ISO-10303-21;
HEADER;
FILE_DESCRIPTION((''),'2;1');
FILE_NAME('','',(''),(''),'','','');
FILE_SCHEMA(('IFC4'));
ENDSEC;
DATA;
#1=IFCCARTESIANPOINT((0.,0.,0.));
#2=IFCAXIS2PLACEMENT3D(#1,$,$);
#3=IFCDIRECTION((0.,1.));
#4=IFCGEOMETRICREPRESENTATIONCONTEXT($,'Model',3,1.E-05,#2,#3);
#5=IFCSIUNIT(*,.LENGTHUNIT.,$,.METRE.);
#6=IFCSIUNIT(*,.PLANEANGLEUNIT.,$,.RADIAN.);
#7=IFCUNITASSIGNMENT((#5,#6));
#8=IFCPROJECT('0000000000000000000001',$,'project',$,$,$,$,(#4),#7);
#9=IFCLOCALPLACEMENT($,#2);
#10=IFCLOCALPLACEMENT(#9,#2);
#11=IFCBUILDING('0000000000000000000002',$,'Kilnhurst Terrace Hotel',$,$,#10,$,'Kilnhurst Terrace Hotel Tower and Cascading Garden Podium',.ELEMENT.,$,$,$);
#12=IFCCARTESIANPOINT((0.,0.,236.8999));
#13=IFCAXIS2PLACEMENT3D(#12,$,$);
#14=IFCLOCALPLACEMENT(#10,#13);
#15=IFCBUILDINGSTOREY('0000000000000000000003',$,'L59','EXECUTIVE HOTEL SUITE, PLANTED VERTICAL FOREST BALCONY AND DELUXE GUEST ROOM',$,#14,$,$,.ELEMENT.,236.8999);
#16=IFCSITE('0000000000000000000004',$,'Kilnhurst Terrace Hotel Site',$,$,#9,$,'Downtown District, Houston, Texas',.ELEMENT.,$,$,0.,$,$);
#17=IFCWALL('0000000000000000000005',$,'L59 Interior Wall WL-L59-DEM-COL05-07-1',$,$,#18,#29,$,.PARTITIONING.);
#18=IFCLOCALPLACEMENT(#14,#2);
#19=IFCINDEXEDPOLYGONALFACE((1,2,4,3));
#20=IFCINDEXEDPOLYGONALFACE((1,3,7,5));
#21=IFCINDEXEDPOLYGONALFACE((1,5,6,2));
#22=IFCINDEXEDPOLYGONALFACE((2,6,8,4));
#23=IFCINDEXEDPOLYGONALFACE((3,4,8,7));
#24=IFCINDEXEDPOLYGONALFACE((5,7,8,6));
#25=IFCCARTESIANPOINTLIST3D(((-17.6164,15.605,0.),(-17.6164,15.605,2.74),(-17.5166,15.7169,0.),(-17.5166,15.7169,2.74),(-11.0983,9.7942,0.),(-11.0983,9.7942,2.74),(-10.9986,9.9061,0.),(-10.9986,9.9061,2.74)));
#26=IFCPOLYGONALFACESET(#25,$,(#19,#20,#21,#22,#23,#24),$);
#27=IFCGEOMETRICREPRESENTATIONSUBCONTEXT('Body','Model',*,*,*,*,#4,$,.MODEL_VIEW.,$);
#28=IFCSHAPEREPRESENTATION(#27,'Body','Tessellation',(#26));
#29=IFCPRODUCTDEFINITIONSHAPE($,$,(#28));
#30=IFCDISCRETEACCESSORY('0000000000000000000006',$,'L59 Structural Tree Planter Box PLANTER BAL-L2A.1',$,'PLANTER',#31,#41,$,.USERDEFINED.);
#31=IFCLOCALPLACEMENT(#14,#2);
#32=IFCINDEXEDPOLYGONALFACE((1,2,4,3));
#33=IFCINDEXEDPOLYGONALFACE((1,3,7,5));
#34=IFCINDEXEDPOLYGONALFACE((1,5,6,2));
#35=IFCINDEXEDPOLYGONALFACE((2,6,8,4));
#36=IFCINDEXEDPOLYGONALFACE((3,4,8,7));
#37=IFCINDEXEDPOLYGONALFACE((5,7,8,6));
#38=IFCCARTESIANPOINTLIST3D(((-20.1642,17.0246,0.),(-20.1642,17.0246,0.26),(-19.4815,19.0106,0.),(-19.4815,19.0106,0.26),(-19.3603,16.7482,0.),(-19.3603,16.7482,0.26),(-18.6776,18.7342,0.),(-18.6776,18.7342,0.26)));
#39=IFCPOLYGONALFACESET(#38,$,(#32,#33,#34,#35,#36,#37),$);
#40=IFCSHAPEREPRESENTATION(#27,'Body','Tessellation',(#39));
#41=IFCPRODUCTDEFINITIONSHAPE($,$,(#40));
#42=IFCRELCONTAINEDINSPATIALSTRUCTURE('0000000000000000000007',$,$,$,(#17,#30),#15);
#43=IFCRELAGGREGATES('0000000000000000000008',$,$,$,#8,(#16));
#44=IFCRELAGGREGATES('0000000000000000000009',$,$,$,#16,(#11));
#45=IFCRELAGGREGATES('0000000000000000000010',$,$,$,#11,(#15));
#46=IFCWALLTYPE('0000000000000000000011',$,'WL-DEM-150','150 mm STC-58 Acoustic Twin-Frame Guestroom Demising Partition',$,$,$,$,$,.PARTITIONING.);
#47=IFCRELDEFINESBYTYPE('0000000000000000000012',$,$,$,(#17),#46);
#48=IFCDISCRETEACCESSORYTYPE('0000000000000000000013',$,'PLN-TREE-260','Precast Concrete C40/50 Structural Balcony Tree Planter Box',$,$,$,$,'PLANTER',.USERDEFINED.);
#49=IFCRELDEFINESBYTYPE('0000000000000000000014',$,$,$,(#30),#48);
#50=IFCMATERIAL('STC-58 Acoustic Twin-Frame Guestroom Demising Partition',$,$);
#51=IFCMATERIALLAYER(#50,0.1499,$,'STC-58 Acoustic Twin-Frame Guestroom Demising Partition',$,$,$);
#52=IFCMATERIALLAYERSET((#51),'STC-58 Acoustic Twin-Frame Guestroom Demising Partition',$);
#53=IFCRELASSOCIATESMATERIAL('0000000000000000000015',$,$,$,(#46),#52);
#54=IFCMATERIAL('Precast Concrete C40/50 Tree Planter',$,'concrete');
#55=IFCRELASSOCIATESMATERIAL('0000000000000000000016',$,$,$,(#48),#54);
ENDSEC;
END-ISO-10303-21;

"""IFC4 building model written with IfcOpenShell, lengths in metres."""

from ifc_helpers import new_model, si_unit, direction, frame, frame_2d, origin, origin_2d, place, context, subcontext, project, spatial, rectangle, extrude, material, layer, layer_set, type_object, element, save


model = new_model("IFC4")

# Units and contexts
model_context = context("Model", 3, precision=1e-05, world=origin(), true_north=direction((0.0, 1.0)))
body_context = subcontext(model_context, "Body", "Model", "MODEL_VIEW")
ifc_project = project(units=[si_unit("LENGTHUNIT", "METRE"), si_unit("PLANEANGLEUNIT", "RADIAN")], contexts=[model_context])

# Site, building, storey
site_placement = place(None, origin())
site = spatial("IfcSite", under=ifc_project, at=site_placement, Name="Kilnhurst Terrace Hotel Site", LongName="Downtown District, Houston, Texas", CompositionType="ELEMENT", RefElevation=0.0)
building_placement = place(site_placement, origin())
building = spatial("IfcBuilding", under=site, at=building_placement, Name="Kilnhurst Terrace Hotel", LongName="Kilnhurst Terrace Hotel Tower and Cascading Garden Podium", CompositionType="ELEMENT")
storey_placement = place(building_placement, frame((0.0, 0.0, 236.8999)))
storey = spatial("IfcBuildingStorey", under=building, at=storey_placement, Name="L59", Description="EXECUTIVE HOTEL SUITE, PLANTED VERTICAL FOREST BALCONY AND DELUXE GUEST ROOM", CompositionType="ELEMENT", Elevation=236.8999)

# Wall
ifc_material_1 = material(Name="STC-58 Acoustic Twin-Frame Guestroom Demising Partition")
ifc_layer_1 = layer(ifc_material_1, 0.1499, Name="STC-58 Acoustic Twin-Frame Guestroom Demising Partition")
ifc_layer_set_1 = layer_set([ifc_layer_1], Name="STC-58 Acoustic Twin-Frame Guestroom Demising Partition")
wall_type_1 = type_object("IfcWallType", Name="WL-DEM-150", Description="150 mm STC-58 Acoustic Twin-Frame Guestroom Demising Partition", PredefinedType="PARTITIONING", material=ifc_layer_set_1)
wall_1_placement = place(storey_placement, frame((-11.0483, 9.8501, 0.0), z_axis=(0.0, 0.0, 1.0), x_axis=(-0.746444, 0.665448, 0.0)))
element("IfcWall", 1, at=wall_1_placement, inside=storey, type_object=wall_type_1, Name="L59 Interior Wall WL-L59-DEM-COL05-07-1", PredefinedType="PARTITIONING", context=body_context, shape_type="SweptSolid", body=[
    extrude(rectangle(XDim=8.7322, YDim=0.1499, at=frame_2d((4.3662, 0.0))), origin(), (0.0, 0.0, 1.0), 2.74),
])

# Discrete accessory
ifc_material_2 = material(Name="Precast Concrete C40/50 Tree Planter", Category="concrete")
discrete_accessory_type = type_object("IfcDiscreteAccessoryType", Name="PLN-TREE-260", Description="Precast Concrete C40/50 Structural Balcony Tree Planter Box", ElementType="PLANTER", PredefinedType="USERDEFINED", material=ifc_material_2)
discrete_accessory_placement = place(storey_placement, frame((-19.4209, 17.8794, 0.0), z_axis=(0.0, 0.0, 1.0), x_axis=(-0.32509, -0.945683, 0.0)))
element("IfcDiscreteAccessory", 2, at=discrete_accessory_placement, inside=storey, type_object=discrete_accessory_type, Name="L59 Structural Tree Planter Box PLANTER BAL-L2A.1", ObjectType="PLANTER", PredefinedType="USERDEFINED", context=body_context, shape_type="SweptSolid", body=[
    extrude(rectangle(XDim=2.1001, YDim=0.8501, at=origin_2d()), origin(), (0.0, 0.0, 1.0), 0.26),
])

save(model, "model.ifc")
